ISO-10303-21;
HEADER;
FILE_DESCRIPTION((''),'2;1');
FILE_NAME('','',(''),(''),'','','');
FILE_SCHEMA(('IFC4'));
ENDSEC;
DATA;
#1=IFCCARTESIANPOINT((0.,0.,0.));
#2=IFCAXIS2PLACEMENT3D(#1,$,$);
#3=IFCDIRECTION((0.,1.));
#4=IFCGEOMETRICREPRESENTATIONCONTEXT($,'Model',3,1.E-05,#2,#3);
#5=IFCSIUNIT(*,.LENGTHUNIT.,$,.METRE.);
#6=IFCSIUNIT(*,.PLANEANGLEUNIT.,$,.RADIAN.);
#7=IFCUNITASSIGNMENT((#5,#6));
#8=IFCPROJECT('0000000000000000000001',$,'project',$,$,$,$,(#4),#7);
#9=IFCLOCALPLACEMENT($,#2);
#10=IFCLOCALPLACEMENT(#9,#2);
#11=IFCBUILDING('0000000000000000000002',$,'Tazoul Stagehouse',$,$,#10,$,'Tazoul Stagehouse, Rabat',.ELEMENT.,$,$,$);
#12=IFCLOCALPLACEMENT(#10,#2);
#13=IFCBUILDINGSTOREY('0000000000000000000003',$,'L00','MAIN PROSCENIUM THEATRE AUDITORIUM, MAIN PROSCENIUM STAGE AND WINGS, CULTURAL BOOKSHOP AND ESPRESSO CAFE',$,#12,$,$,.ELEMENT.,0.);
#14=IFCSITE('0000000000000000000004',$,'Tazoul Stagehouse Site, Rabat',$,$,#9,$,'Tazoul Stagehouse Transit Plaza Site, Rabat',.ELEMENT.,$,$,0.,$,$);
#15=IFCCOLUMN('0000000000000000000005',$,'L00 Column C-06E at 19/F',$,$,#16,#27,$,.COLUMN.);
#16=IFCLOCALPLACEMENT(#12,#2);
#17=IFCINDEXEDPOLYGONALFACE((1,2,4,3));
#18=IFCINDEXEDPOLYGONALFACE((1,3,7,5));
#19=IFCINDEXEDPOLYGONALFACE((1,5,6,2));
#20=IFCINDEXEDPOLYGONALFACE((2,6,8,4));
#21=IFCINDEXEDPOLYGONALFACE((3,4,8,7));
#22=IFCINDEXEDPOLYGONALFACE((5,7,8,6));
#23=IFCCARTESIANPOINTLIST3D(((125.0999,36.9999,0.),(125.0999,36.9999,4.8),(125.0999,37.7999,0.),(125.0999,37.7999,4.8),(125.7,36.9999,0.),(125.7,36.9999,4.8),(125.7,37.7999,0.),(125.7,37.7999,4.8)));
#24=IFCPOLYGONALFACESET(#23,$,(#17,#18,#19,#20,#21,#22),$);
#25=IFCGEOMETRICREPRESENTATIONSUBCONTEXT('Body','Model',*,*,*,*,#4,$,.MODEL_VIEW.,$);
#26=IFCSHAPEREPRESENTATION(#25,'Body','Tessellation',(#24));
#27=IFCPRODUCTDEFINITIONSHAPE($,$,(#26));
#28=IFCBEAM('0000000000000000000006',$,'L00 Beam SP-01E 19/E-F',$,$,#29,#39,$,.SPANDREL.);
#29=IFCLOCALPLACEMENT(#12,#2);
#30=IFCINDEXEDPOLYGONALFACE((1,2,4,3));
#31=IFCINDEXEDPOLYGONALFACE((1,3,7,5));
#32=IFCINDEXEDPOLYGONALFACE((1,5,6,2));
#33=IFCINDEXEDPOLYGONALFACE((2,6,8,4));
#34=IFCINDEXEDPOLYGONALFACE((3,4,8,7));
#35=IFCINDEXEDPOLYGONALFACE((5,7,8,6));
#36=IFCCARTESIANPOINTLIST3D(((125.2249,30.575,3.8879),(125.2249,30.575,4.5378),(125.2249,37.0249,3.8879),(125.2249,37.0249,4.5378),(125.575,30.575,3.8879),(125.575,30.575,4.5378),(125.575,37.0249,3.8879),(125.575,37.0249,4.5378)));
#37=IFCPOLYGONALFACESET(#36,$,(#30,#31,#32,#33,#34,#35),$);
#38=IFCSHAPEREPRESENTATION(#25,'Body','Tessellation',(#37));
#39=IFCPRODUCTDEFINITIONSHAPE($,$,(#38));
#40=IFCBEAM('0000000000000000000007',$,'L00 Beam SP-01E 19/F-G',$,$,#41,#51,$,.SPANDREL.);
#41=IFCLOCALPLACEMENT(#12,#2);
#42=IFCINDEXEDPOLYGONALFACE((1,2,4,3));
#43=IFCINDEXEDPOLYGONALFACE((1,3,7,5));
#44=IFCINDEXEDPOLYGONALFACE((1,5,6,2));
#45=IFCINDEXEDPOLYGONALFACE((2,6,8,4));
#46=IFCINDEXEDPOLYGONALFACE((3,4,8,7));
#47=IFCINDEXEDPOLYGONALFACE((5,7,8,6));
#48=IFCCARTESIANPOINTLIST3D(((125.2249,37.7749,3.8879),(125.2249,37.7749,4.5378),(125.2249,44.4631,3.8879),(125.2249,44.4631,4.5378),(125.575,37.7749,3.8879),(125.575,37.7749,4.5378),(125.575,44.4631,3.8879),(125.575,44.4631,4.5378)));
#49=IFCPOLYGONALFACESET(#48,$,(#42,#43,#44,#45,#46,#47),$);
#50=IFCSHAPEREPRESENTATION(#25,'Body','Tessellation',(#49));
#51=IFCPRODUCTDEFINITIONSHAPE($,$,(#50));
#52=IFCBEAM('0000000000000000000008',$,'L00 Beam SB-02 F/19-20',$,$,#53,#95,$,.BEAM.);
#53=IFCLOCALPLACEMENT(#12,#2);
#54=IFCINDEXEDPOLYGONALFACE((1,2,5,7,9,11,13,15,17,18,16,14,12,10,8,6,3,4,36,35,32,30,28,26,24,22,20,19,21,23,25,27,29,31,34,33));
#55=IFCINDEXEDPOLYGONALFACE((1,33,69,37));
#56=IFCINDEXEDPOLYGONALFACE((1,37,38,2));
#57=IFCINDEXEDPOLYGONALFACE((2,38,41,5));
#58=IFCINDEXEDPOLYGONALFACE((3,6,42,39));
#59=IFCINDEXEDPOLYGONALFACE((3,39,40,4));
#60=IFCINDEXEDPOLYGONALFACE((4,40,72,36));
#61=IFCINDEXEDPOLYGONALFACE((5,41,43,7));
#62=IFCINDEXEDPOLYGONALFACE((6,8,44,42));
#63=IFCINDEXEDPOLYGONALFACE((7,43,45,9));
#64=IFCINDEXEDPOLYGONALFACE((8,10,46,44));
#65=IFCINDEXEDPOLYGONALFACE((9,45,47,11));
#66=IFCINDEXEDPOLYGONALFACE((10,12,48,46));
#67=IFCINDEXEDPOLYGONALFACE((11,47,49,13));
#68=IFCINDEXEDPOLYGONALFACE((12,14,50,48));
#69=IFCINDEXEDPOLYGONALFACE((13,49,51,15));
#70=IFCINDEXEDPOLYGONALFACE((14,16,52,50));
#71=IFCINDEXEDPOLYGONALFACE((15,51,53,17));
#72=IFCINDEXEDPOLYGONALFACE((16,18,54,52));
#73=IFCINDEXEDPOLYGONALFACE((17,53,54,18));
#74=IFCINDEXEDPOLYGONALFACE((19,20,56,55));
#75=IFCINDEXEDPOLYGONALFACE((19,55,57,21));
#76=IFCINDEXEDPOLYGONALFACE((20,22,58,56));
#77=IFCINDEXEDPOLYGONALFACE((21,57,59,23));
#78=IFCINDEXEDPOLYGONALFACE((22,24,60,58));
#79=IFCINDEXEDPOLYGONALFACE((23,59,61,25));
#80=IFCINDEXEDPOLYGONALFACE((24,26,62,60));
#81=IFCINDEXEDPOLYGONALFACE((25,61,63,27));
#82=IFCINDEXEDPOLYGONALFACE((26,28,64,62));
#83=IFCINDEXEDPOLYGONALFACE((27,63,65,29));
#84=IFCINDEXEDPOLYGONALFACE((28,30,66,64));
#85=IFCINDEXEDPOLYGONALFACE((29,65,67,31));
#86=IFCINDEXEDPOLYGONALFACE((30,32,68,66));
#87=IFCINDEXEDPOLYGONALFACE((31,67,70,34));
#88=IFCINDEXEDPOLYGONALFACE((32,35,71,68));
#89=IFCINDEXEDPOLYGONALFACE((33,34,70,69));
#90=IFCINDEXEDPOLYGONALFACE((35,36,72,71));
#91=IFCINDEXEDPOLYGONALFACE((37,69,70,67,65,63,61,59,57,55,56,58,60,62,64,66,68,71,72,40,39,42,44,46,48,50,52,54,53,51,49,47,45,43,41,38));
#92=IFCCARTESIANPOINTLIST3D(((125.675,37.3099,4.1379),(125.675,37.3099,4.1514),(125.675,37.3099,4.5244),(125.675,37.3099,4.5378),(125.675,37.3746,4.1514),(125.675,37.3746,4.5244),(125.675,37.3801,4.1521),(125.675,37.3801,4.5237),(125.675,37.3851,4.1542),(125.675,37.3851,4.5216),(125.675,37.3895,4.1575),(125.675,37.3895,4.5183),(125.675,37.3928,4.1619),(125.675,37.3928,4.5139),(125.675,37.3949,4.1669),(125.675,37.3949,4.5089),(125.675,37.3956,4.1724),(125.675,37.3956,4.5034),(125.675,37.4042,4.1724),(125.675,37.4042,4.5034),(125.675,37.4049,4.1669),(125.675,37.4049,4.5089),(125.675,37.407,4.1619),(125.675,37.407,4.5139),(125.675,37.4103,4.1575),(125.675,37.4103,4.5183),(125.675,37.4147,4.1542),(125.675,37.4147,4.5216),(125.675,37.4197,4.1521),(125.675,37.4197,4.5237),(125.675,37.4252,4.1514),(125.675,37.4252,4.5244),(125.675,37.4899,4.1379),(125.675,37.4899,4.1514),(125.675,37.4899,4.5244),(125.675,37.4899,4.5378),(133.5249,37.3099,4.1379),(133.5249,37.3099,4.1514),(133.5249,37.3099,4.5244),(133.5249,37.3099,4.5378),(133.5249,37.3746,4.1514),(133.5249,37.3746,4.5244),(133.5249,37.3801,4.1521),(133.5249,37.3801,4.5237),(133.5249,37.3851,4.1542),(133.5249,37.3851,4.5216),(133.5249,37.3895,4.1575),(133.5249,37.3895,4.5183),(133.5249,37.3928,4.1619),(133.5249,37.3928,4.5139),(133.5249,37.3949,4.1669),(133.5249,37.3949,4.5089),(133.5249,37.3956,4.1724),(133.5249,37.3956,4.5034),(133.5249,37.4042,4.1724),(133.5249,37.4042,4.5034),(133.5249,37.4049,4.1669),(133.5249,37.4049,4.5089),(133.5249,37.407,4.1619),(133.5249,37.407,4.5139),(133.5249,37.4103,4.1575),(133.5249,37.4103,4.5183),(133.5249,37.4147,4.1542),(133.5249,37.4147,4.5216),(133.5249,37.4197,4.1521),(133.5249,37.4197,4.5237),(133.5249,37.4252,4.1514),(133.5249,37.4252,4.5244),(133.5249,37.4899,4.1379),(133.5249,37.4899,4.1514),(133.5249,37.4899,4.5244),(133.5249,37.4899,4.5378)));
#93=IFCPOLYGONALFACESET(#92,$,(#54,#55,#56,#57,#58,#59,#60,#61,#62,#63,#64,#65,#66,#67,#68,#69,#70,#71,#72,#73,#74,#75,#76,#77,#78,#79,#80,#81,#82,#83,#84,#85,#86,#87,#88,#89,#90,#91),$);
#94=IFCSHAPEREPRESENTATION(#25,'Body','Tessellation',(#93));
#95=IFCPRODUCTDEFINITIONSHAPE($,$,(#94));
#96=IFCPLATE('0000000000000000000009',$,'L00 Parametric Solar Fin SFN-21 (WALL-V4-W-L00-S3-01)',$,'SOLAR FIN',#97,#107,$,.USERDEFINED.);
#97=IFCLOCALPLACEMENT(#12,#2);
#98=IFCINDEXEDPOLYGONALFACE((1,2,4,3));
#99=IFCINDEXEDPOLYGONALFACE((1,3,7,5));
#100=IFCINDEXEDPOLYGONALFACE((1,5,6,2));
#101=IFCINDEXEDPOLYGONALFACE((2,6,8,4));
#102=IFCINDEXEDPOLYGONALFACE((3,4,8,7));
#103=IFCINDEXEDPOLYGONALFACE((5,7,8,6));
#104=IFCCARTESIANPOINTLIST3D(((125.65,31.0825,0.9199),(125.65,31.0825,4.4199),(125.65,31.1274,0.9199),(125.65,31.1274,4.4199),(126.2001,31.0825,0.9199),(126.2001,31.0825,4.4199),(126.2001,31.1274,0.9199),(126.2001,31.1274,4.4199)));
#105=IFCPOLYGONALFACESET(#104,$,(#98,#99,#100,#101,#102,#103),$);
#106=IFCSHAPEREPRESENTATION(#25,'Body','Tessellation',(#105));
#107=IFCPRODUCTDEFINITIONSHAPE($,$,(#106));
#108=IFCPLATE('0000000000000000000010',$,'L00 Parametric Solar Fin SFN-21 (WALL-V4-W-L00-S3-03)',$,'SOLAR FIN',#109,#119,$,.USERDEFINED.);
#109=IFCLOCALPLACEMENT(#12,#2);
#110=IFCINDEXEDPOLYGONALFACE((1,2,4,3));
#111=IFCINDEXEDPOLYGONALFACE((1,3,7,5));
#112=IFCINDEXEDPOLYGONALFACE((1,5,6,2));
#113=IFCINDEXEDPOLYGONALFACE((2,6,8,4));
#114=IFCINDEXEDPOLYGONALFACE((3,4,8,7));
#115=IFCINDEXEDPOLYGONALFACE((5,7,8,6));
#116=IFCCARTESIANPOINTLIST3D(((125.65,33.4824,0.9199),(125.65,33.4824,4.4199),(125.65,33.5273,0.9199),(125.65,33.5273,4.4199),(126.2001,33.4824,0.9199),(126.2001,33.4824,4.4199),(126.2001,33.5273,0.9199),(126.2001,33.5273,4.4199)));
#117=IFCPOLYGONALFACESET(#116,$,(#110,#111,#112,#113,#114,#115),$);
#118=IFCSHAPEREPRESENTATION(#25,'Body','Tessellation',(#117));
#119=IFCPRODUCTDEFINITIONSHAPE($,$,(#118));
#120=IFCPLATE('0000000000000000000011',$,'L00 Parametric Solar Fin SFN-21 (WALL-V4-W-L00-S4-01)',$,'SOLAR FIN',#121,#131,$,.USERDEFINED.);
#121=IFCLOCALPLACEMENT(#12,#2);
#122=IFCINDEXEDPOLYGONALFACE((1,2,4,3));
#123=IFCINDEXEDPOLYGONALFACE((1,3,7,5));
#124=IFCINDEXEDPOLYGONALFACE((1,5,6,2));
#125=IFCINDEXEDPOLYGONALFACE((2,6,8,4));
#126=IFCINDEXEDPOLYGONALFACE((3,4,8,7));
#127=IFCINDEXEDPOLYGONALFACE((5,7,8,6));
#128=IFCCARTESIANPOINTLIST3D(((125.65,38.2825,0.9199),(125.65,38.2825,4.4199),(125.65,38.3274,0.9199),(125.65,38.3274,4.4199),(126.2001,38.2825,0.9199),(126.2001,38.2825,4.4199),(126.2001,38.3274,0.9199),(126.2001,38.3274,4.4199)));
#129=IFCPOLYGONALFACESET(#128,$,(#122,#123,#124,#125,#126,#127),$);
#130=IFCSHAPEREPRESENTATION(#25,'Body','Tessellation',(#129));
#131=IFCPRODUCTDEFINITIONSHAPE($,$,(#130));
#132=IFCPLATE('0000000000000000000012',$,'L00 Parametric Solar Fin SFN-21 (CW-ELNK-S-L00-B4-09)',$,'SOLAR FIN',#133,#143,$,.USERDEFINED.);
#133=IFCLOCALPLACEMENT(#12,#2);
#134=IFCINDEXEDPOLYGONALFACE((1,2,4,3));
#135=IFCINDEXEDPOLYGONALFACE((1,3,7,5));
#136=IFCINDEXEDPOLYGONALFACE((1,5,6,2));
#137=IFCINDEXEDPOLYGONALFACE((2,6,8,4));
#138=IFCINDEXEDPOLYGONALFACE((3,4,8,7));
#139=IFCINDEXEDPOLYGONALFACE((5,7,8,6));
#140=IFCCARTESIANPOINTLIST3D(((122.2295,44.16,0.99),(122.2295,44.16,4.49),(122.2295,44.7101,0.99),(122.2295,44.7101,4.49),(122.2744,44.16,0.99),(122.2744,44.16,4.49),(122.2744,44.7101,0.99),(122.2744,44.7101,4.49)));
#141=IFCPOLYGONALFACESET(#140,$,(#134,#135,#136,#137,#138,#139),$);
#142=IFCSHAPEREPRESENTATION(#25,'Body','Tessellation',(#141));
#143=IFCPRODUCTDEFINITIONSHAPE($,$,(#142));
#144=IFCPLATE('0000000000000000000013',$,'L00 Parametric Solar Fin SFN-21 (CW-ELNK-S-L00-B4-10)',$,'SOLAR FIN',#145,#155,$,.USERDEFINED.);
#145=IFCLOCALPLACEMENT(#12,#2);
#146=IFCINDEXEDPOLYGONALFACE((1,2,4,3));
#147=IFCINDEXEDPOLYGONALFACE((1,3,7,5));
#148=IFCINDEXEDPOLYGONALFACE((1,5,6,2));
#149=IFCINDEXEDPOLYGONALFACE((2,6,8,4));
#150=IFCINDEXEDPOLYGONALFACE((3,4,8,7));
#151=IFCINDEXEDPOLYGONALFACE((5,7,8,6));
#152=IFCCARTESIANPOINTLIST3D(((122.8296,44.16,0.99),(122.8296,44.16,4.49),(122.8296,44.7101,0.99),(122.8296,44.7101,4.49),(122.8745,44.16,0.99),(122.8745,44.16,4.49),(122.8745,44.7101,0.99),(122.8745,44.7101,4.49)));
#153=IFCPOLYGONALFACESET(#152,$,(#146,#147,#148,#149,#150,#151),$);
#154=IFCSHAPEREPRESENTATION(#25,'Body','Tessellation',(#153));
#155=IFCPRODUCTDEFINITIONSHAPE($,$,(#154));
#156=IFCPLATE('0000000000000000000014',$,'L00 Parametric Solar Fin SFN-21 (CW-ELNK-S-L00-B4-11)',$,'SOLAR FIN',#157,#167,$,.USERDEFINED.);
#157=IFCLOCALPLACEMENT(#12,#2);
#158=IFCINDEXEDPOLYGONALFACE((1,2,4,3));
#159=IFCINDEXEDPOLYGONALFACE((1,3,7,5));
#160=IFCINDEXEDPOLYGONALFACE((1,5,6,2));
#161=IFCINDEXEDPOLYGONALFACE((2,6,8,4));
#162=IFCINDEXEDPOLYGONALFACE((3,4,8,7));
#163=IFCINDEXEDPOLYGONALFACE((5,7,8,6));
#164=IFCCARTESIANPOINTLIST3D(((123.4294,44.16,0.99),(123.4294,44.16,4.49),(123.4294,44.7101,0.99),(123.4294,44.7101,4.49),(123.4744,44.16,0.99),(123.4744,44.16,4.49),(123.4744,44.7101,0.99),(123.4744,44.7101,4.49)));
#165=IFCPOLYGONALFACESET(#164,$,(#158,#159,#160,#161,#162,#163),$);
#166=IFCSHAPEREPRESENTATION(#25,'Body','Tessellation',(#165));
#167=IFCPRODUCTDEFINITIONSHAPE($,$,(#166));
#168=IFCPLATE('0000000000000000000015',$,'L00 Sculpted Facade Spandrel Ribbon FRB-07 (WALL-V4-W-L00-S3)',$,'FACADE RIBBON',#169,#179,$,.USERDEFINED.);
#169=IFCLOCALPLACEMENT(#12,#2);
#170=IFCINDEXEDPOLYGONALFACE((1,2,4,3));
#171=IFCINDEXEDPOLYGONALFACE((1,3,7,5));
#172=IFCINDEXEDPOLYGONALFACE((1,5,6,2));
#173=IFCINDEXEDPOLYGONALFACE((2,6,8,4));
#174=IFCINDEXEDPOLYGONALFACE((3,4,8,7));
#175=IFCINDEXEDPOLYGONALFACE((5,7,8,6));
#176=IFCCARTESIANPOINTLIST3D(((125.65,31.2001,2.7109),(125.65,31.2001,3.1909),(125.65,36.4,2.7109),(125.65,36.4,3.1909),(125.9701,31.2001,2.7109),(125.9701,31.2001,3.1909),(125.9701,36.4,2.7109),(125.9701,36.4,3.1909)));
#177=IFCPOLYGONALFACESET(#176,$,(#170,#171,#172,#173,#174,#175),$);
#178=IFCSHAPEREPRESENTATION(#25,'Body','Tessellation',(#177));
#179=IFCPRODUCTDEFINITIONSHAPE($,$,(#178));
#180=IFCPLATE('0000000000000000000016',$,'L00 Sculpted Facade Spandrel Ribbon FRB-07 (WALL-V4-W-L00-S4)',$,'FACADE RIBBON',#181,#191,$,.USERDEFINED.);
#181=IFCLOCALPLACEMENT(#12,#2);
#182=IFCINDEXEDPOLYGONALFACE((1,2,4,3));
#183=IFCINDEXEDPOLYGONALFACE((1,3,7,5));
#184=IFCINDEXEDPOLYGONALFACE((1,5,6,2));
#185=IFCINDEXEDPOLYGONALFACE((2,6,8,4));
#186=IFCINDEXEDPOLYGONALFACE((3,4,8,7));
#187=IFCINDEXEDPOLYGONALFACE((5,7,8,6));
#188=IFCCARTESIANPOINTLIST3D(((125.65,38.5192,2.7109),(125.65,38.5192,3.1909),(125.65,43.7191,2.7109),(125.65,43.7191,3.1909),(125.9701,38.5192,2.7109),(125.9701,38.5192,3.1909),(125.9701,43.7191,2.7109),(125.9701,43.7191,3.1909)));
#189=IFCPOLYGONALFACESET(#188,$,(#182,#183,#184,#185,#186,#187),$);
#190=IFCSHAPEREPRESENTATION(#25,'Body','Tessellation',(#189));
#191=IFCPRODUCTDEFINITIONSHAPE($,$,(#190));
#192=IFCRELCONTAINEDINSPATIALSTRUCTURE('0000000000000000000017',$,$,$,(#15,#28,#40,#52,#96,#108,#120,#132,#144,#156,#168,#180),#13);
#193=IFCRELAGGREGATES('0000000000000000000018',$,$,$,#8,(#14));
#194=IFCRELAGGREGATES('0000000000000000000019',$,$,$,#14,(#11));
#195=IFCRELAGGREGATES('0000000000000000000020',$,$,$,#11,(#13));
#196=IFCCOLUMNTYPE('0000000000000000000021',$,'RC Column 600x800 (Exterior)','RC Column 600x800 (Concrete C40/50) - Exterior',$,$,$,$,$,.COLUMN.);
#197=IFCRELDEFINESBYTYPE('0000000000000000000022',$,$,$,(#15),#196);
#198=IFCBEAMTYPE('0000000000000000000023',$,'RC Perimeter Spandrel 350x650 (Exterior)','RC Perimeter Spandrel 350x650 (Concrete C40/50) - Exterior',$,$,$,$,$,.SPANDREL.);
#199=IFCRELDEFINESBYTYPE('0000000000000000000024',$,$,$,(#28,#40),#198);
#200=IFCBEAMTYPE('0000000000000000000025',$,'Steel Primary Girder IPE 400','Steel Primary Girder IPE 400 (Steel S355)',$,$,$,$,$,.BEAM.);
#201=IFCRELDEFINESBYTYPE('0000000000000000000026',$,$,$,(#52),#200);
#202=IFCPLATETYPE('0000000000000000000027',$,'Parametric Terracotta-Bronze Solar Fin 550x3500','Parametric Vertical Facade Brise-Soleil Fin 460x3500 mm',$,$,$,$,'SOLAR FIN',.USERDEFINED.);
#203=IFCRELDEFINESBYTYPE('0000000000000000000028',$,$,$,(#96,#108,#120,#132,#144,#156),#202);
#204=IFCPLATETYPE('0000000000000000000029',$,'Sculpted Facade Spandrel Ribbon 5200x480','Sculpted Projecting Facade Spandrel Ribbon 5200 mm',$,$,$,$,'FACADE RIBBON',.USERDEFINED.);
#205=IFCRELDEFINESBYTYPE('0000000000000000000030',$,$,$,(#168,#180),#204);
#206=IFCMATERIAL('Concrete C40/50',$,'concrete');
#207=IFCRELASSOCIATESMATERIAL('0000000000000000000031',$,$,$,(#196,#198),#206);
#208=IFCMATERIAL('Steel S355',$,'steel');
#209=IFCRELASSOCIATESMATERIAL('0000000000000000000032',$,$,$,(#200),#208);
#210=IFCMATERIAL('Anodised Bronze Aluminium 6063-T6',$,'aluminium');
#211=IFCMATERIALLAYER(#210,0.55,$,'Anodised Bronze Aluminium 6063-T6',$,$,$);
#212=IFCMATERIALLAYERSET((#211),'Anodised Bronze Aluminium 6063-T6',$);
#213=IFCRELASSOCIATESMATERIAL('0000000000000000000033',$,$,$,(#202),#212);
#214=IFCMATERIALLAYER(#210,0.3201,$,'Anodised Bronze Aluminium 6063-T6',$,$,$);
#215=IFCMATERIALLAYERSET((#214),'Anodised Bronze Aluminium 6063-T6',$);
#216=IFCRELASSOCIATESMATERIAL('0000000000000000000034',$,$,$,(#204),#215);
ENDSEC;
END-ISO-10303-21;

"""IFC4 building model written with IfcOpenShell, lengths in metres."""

from ifc_helpers import new_model, si_unit, direction, frame, origin, origin_2d, place, context, subcontext, project, spatial, rectangle, i_section, extrude, material, layer, layer_set, material_profile, profile_set, type_object, element, save


model = new_model("IFC4")

# Units and contexts
model_context = context("Model", 3, precision=1e-05, world=origin(), true_north=direction((0.0, 1.0)))
body_context = subcontext(model_context, "Body", "Model", "MODEL_VIEW")
ifc_project = project(units=[si_unit("LENGTHUNIT", "METRE"), si_unit("PLANEANGLEUNIT", "RADIAN")], contexts=[model_context])

# Site, building, storey
site_placement = place(None, origin())
site = spatial("IfcSite", under=ifc_project, at=site_placement, Name="Tazoul Stagehouse Site, Rabat", LongName="Tazoul Stagehouse Transit Plaza Site, Rabat", CompositionType="ELEMENT", RefElevation=0.0)
building_placement = place(site_placement, origin())
building = spatial("IfcBuilding", under=site, at=building_placement, Name="Tazoul Stagehouse", LongName="Tazoul Stagehouse, Rabat", CompositionType="ELEMENT")
storey_placement = place(building_placement, origin())
storey = spatial("IfcBuildingStorey", under=building, at=storey_placement, Name="L00", Description="MAIN PROSCENIUM THEATRE AUDITORIUM, MAIN PROSCENIUM STAGE AND WINGS, CULTURAL BOOKSHOP AND ESPRESSO CAFE", CompositionType="ELEMENT", Elevation=0.0)

# Column
ifc_material_1 = material(Name="Concrete C40/50", Category="concrete")
ifc_material_profile_1 = material_profile(ifc_material_1, rectangle(XDim=0.6001, YDim=0.8, at=origin_2d()), Name="RC 600x800")
ifc_profile_set_1 = profile_set([ifc_material_profile_1], Name="Concrete C40/50")
column_type = type_object("IfcColumnType", Name="RC Column 600x800 (Exterior)", Description="RC Column 600x800 (Concrete C40/50) - Exterior", PredefinedType="COLUMN", material=ifc_profile_set_1)
column_placement = place(storey_placement, frame((125.3999, 37.3999, 0.0), z_axis=(0.0, 0.0, 1.0), x_axis=(1.0, 0.0, 0.0)))
element("IfcColumn", 1, at=column_placement, inside=storey, type_object=column_type, Name="L00 Column C-06E at 19/F", PredefinedType="COLUMN", context=body_context, shape_type="SweptSolid", body=[
    extrude(rectangle(XDim=0.6001, YDim=0.8, at=origin_2d()), origin(), (0.0, 0.0, 1.0), 4.8),
])

# Beams
ifc_material_profile_2 = material_profile(ifc_material_1, rectangle(XDim=0.3501, YDim=0.6499, at=origin_2d()), Name="RC 350x650")
ifc_profile_set_2 = profile_set([ifc_material_profile_2], Name="Concrete C40/50")
beam_type_1 = type_object("IfcBeamType", Name="RC Perimeter Spandrel 350x650 (Exterior)", Description="RC Perimeter Spandrel 350x650 (Concrete C40/50) - Exterior", PredefinedType="SPANDREL", material=ifc_profile_set_2)
beam_1_placement = place(storey_placement, frame((125.3999, 30.575, 4.2129), z_axis=(0.0, 1.0, 0.0), x_axis=(-1.0, 0.0, 0.0)))
element("IfcBeam", 2, at=beam_1_placement, inside=storey, type_object=beam_type_1, Name="L00 Beam SP-01E 19/E-F", PredefinedType="SPANDREL", context=body_context, shape_type="SweptSolid", body=[
    extrude(rectangle(XDim=0.3501, YDim=0.6499, at=origin_2d()), origin(), (0.0, 0.0, 1.0), 6.45),
])
beam_2_placement = place(storey_placement, frame((125.3999, 37.7749, 4.2129), z_axis=(0.0, 1.0, 0.0), x_axis=(-1.0, 0.0, 0.0)))
element("IfcBeam", 3, at=beam_2_placement, inside=storey, type_object=beam_type_1, Name="L00 Beam SP-01E 19/F-G", PredefinedType="SPANDREL", context=body_context, shape_type="SweptSolid", body=[
    extrude(rectangle(XDim=0.3501, YDim=0.6499, at=origin_2d()), origin(), (0.0, 0.0, 1.0), 6.6882),
])
ifc_material_2 = material(Name="Steel S355", Category="steel")
ifc_material_profile_3 = material_profile(ifc_material_2, i_section(OverallWidth=0.1799, OverallDepth=0.3999, WebThickness=0.0085, FlangeThickness=0.0134, FilletRadius=0.021, at=origin_2d()), Name="IPE 400")
ifc_profile_set_3 = profile_set([ifc_material_profile_3], Name="Steel S355")
beam_type_2 = type_object("IfcBeamType", Name="Steel Primary Girder IPE 400", Description="Steel Primary Girder IPE 400 (Steel S355)", PredefinedType="BEAM", material=ifc_profile_set_3)
beam_3_placement = place(storey_placement, frame((125.675, 37.3999, 4.3379), z_axis=(1.0, 0.0, 0.0), x_axis=(0.0, 1.0, 0.0)))
element("IfcBeam", 4, at=beam_3_placement, inside=storey, type_object=beam_type_2, Name="L00 Beam SB-02 F/19-20", PredefinedType="BEAM", context=body_context, shape_type="SweptSolid", body=[
    extrude(i_section(OverallWidth=0.1799, OverallDepth=0.3999, WebThickness=0.0085, FlangeThickness=0.0134, FilletRadius=0.021, at=origin_2d()), origin(), (0.0, 0.0, 1.0), 7.8499),
])

# Plates
ifc_material_3 = material(Name="Anodised Bronze Aluminium 6063-T6", Category="aluminium")
ifc_layer_1 = layer(ifc_material_3, 0.55, Name="Anodised Bronze Aluminium 6063-T6")
ifc_layer_set_1 = layer_set([ifc_layer_1], Name="Anodised Bronze Aluminium 6063-T6")
plate_type_1 = type_object("IfcPlateType", Name="Parametric Terracotta-Bronze Solar Fin 550x3500", Description="Parametric Vertical Facade Brise-Soleil Fin 460x3500 mm", ElementType="SOLAR FIN", PredefinedType="USERDEFINED", material=ifc_layer_set_1)
for number, where, z_axis, x_axis, name in (
    (5, (125.925, 31.105, 0.9199), (0.0, 0.0, 1.0), (0.0, 1.0, 0.0), "L00 Parametric Solar Fin SFN-21 (WALL-V4-W-L00-S3-01)"),
    (6, (125.925, 33.5049, 0.9199), (0.0, 0.0, 1.0), (0.0, 1.0, 0.0), "L00 Parametric Solar Fin SFN-21 (WALL-V4-W-L00-S3-03)"),
    (7, (125.925, 38.3049, 0.9199), (0.0, 0.0, 1.0), (0.0, 1.0, 0.0), "L00 Parametric Solar Fin SFN-21 (WALL-V4-W-L00-S4-01)"),
    (8, (122.252, 44.4351, 0.99), (0.0, 0.0, 1.0), (1.0, 0.0, 0.0), "L00 Parametric Solar Fin SFN-21 (CW-ELNK-S-L00-B4-09)"),
    (9, (122.8521, 44.4351, 0.99), (0.0, 0.0, 1.0), (1.0, 0.0, 0.0), "L00 Parametric Solar Fin SFN-21 (CW-ELNK-S-L00-B4-10)"),
    (10, (123.4519, 44.4351, 0.99), (0.0, 0.0, 1.0), (1.0, 0.0, 0.0), "L00 Parametric Solar Fin SFN-21 (CW-ELNK-S-L00-B4-11)"),
):
    element("IfcPlate", number, at=place(storey_placement, frame(where, z_axis=z_axis, x_axis=x_axis)), inside=storey, type_object=plate_type_1, Name=name, ObjectType="SOLAR FIN", PredefinedType="USERDEFINED", context=body_context, shape_type="SweptSolid", body=[
        extrude(rectangle(XDim=0.0449, YDim=0.55, at=origin_2d()), origin(), (0.0, 0.0, 1.0), 3.5),
    ])
ifc_layer_2 = layer(ifc_material_3, 0.3201, Name="Anodised Bronze Aluminium 6063-T6")
ifc_layer_set_2 = layer_set([ifc_layer_2], Name="Anodised Bronze Aluminium 6063-T6")
plate_type_2 = type_object("IfcPlateType", Name="Sculpted Facade Spandrel Ribbon 5200x480", Description="Sculpted Projecting Facade Spandrel Ribbon 5200 mm", ElementType="FACADE RIBBON", PredefinedType="USERDEFINED", material=ifc_layer_set_2)
for number, where, z_axis, x_axis, name in (
    (11, (125.8101, 33.8, 2.7109), (0.0, 0.0, 1.0), (0.0, 1.0, 0.0), "L00 Sculpted Facade Spandrel Ribbon FRB-07 (WALL-V4-W-L00-S3)"),
    (12, (125.8101, 41.1191, 2.7109), (0.0, 0.0, 1.0), (0.0, 1.0, 0.0), "L00 Sculpted Facade Spandrel Ribbon FRB-07 (WALL-V4-W-L00-S4)"),
):
    element("IfcPlate", number, at=place(storey_placement, frame(where, z_axis=z_axis, x_axis=x_axis)), inside=storey, type_object=plate_type_2, Name=name, ObjectType="FACADE RIBBON", PredefinedType="USERDEFINED", context=body_context, shape_type="SweptSolid", body=[
        extrude(rectangle(XDim=5.2, YDim=0.3201, at=origin_2d()), origin(), (0.0, 0.0, 1.0), 0.48),
    ])

save(model, "model.ifc")
